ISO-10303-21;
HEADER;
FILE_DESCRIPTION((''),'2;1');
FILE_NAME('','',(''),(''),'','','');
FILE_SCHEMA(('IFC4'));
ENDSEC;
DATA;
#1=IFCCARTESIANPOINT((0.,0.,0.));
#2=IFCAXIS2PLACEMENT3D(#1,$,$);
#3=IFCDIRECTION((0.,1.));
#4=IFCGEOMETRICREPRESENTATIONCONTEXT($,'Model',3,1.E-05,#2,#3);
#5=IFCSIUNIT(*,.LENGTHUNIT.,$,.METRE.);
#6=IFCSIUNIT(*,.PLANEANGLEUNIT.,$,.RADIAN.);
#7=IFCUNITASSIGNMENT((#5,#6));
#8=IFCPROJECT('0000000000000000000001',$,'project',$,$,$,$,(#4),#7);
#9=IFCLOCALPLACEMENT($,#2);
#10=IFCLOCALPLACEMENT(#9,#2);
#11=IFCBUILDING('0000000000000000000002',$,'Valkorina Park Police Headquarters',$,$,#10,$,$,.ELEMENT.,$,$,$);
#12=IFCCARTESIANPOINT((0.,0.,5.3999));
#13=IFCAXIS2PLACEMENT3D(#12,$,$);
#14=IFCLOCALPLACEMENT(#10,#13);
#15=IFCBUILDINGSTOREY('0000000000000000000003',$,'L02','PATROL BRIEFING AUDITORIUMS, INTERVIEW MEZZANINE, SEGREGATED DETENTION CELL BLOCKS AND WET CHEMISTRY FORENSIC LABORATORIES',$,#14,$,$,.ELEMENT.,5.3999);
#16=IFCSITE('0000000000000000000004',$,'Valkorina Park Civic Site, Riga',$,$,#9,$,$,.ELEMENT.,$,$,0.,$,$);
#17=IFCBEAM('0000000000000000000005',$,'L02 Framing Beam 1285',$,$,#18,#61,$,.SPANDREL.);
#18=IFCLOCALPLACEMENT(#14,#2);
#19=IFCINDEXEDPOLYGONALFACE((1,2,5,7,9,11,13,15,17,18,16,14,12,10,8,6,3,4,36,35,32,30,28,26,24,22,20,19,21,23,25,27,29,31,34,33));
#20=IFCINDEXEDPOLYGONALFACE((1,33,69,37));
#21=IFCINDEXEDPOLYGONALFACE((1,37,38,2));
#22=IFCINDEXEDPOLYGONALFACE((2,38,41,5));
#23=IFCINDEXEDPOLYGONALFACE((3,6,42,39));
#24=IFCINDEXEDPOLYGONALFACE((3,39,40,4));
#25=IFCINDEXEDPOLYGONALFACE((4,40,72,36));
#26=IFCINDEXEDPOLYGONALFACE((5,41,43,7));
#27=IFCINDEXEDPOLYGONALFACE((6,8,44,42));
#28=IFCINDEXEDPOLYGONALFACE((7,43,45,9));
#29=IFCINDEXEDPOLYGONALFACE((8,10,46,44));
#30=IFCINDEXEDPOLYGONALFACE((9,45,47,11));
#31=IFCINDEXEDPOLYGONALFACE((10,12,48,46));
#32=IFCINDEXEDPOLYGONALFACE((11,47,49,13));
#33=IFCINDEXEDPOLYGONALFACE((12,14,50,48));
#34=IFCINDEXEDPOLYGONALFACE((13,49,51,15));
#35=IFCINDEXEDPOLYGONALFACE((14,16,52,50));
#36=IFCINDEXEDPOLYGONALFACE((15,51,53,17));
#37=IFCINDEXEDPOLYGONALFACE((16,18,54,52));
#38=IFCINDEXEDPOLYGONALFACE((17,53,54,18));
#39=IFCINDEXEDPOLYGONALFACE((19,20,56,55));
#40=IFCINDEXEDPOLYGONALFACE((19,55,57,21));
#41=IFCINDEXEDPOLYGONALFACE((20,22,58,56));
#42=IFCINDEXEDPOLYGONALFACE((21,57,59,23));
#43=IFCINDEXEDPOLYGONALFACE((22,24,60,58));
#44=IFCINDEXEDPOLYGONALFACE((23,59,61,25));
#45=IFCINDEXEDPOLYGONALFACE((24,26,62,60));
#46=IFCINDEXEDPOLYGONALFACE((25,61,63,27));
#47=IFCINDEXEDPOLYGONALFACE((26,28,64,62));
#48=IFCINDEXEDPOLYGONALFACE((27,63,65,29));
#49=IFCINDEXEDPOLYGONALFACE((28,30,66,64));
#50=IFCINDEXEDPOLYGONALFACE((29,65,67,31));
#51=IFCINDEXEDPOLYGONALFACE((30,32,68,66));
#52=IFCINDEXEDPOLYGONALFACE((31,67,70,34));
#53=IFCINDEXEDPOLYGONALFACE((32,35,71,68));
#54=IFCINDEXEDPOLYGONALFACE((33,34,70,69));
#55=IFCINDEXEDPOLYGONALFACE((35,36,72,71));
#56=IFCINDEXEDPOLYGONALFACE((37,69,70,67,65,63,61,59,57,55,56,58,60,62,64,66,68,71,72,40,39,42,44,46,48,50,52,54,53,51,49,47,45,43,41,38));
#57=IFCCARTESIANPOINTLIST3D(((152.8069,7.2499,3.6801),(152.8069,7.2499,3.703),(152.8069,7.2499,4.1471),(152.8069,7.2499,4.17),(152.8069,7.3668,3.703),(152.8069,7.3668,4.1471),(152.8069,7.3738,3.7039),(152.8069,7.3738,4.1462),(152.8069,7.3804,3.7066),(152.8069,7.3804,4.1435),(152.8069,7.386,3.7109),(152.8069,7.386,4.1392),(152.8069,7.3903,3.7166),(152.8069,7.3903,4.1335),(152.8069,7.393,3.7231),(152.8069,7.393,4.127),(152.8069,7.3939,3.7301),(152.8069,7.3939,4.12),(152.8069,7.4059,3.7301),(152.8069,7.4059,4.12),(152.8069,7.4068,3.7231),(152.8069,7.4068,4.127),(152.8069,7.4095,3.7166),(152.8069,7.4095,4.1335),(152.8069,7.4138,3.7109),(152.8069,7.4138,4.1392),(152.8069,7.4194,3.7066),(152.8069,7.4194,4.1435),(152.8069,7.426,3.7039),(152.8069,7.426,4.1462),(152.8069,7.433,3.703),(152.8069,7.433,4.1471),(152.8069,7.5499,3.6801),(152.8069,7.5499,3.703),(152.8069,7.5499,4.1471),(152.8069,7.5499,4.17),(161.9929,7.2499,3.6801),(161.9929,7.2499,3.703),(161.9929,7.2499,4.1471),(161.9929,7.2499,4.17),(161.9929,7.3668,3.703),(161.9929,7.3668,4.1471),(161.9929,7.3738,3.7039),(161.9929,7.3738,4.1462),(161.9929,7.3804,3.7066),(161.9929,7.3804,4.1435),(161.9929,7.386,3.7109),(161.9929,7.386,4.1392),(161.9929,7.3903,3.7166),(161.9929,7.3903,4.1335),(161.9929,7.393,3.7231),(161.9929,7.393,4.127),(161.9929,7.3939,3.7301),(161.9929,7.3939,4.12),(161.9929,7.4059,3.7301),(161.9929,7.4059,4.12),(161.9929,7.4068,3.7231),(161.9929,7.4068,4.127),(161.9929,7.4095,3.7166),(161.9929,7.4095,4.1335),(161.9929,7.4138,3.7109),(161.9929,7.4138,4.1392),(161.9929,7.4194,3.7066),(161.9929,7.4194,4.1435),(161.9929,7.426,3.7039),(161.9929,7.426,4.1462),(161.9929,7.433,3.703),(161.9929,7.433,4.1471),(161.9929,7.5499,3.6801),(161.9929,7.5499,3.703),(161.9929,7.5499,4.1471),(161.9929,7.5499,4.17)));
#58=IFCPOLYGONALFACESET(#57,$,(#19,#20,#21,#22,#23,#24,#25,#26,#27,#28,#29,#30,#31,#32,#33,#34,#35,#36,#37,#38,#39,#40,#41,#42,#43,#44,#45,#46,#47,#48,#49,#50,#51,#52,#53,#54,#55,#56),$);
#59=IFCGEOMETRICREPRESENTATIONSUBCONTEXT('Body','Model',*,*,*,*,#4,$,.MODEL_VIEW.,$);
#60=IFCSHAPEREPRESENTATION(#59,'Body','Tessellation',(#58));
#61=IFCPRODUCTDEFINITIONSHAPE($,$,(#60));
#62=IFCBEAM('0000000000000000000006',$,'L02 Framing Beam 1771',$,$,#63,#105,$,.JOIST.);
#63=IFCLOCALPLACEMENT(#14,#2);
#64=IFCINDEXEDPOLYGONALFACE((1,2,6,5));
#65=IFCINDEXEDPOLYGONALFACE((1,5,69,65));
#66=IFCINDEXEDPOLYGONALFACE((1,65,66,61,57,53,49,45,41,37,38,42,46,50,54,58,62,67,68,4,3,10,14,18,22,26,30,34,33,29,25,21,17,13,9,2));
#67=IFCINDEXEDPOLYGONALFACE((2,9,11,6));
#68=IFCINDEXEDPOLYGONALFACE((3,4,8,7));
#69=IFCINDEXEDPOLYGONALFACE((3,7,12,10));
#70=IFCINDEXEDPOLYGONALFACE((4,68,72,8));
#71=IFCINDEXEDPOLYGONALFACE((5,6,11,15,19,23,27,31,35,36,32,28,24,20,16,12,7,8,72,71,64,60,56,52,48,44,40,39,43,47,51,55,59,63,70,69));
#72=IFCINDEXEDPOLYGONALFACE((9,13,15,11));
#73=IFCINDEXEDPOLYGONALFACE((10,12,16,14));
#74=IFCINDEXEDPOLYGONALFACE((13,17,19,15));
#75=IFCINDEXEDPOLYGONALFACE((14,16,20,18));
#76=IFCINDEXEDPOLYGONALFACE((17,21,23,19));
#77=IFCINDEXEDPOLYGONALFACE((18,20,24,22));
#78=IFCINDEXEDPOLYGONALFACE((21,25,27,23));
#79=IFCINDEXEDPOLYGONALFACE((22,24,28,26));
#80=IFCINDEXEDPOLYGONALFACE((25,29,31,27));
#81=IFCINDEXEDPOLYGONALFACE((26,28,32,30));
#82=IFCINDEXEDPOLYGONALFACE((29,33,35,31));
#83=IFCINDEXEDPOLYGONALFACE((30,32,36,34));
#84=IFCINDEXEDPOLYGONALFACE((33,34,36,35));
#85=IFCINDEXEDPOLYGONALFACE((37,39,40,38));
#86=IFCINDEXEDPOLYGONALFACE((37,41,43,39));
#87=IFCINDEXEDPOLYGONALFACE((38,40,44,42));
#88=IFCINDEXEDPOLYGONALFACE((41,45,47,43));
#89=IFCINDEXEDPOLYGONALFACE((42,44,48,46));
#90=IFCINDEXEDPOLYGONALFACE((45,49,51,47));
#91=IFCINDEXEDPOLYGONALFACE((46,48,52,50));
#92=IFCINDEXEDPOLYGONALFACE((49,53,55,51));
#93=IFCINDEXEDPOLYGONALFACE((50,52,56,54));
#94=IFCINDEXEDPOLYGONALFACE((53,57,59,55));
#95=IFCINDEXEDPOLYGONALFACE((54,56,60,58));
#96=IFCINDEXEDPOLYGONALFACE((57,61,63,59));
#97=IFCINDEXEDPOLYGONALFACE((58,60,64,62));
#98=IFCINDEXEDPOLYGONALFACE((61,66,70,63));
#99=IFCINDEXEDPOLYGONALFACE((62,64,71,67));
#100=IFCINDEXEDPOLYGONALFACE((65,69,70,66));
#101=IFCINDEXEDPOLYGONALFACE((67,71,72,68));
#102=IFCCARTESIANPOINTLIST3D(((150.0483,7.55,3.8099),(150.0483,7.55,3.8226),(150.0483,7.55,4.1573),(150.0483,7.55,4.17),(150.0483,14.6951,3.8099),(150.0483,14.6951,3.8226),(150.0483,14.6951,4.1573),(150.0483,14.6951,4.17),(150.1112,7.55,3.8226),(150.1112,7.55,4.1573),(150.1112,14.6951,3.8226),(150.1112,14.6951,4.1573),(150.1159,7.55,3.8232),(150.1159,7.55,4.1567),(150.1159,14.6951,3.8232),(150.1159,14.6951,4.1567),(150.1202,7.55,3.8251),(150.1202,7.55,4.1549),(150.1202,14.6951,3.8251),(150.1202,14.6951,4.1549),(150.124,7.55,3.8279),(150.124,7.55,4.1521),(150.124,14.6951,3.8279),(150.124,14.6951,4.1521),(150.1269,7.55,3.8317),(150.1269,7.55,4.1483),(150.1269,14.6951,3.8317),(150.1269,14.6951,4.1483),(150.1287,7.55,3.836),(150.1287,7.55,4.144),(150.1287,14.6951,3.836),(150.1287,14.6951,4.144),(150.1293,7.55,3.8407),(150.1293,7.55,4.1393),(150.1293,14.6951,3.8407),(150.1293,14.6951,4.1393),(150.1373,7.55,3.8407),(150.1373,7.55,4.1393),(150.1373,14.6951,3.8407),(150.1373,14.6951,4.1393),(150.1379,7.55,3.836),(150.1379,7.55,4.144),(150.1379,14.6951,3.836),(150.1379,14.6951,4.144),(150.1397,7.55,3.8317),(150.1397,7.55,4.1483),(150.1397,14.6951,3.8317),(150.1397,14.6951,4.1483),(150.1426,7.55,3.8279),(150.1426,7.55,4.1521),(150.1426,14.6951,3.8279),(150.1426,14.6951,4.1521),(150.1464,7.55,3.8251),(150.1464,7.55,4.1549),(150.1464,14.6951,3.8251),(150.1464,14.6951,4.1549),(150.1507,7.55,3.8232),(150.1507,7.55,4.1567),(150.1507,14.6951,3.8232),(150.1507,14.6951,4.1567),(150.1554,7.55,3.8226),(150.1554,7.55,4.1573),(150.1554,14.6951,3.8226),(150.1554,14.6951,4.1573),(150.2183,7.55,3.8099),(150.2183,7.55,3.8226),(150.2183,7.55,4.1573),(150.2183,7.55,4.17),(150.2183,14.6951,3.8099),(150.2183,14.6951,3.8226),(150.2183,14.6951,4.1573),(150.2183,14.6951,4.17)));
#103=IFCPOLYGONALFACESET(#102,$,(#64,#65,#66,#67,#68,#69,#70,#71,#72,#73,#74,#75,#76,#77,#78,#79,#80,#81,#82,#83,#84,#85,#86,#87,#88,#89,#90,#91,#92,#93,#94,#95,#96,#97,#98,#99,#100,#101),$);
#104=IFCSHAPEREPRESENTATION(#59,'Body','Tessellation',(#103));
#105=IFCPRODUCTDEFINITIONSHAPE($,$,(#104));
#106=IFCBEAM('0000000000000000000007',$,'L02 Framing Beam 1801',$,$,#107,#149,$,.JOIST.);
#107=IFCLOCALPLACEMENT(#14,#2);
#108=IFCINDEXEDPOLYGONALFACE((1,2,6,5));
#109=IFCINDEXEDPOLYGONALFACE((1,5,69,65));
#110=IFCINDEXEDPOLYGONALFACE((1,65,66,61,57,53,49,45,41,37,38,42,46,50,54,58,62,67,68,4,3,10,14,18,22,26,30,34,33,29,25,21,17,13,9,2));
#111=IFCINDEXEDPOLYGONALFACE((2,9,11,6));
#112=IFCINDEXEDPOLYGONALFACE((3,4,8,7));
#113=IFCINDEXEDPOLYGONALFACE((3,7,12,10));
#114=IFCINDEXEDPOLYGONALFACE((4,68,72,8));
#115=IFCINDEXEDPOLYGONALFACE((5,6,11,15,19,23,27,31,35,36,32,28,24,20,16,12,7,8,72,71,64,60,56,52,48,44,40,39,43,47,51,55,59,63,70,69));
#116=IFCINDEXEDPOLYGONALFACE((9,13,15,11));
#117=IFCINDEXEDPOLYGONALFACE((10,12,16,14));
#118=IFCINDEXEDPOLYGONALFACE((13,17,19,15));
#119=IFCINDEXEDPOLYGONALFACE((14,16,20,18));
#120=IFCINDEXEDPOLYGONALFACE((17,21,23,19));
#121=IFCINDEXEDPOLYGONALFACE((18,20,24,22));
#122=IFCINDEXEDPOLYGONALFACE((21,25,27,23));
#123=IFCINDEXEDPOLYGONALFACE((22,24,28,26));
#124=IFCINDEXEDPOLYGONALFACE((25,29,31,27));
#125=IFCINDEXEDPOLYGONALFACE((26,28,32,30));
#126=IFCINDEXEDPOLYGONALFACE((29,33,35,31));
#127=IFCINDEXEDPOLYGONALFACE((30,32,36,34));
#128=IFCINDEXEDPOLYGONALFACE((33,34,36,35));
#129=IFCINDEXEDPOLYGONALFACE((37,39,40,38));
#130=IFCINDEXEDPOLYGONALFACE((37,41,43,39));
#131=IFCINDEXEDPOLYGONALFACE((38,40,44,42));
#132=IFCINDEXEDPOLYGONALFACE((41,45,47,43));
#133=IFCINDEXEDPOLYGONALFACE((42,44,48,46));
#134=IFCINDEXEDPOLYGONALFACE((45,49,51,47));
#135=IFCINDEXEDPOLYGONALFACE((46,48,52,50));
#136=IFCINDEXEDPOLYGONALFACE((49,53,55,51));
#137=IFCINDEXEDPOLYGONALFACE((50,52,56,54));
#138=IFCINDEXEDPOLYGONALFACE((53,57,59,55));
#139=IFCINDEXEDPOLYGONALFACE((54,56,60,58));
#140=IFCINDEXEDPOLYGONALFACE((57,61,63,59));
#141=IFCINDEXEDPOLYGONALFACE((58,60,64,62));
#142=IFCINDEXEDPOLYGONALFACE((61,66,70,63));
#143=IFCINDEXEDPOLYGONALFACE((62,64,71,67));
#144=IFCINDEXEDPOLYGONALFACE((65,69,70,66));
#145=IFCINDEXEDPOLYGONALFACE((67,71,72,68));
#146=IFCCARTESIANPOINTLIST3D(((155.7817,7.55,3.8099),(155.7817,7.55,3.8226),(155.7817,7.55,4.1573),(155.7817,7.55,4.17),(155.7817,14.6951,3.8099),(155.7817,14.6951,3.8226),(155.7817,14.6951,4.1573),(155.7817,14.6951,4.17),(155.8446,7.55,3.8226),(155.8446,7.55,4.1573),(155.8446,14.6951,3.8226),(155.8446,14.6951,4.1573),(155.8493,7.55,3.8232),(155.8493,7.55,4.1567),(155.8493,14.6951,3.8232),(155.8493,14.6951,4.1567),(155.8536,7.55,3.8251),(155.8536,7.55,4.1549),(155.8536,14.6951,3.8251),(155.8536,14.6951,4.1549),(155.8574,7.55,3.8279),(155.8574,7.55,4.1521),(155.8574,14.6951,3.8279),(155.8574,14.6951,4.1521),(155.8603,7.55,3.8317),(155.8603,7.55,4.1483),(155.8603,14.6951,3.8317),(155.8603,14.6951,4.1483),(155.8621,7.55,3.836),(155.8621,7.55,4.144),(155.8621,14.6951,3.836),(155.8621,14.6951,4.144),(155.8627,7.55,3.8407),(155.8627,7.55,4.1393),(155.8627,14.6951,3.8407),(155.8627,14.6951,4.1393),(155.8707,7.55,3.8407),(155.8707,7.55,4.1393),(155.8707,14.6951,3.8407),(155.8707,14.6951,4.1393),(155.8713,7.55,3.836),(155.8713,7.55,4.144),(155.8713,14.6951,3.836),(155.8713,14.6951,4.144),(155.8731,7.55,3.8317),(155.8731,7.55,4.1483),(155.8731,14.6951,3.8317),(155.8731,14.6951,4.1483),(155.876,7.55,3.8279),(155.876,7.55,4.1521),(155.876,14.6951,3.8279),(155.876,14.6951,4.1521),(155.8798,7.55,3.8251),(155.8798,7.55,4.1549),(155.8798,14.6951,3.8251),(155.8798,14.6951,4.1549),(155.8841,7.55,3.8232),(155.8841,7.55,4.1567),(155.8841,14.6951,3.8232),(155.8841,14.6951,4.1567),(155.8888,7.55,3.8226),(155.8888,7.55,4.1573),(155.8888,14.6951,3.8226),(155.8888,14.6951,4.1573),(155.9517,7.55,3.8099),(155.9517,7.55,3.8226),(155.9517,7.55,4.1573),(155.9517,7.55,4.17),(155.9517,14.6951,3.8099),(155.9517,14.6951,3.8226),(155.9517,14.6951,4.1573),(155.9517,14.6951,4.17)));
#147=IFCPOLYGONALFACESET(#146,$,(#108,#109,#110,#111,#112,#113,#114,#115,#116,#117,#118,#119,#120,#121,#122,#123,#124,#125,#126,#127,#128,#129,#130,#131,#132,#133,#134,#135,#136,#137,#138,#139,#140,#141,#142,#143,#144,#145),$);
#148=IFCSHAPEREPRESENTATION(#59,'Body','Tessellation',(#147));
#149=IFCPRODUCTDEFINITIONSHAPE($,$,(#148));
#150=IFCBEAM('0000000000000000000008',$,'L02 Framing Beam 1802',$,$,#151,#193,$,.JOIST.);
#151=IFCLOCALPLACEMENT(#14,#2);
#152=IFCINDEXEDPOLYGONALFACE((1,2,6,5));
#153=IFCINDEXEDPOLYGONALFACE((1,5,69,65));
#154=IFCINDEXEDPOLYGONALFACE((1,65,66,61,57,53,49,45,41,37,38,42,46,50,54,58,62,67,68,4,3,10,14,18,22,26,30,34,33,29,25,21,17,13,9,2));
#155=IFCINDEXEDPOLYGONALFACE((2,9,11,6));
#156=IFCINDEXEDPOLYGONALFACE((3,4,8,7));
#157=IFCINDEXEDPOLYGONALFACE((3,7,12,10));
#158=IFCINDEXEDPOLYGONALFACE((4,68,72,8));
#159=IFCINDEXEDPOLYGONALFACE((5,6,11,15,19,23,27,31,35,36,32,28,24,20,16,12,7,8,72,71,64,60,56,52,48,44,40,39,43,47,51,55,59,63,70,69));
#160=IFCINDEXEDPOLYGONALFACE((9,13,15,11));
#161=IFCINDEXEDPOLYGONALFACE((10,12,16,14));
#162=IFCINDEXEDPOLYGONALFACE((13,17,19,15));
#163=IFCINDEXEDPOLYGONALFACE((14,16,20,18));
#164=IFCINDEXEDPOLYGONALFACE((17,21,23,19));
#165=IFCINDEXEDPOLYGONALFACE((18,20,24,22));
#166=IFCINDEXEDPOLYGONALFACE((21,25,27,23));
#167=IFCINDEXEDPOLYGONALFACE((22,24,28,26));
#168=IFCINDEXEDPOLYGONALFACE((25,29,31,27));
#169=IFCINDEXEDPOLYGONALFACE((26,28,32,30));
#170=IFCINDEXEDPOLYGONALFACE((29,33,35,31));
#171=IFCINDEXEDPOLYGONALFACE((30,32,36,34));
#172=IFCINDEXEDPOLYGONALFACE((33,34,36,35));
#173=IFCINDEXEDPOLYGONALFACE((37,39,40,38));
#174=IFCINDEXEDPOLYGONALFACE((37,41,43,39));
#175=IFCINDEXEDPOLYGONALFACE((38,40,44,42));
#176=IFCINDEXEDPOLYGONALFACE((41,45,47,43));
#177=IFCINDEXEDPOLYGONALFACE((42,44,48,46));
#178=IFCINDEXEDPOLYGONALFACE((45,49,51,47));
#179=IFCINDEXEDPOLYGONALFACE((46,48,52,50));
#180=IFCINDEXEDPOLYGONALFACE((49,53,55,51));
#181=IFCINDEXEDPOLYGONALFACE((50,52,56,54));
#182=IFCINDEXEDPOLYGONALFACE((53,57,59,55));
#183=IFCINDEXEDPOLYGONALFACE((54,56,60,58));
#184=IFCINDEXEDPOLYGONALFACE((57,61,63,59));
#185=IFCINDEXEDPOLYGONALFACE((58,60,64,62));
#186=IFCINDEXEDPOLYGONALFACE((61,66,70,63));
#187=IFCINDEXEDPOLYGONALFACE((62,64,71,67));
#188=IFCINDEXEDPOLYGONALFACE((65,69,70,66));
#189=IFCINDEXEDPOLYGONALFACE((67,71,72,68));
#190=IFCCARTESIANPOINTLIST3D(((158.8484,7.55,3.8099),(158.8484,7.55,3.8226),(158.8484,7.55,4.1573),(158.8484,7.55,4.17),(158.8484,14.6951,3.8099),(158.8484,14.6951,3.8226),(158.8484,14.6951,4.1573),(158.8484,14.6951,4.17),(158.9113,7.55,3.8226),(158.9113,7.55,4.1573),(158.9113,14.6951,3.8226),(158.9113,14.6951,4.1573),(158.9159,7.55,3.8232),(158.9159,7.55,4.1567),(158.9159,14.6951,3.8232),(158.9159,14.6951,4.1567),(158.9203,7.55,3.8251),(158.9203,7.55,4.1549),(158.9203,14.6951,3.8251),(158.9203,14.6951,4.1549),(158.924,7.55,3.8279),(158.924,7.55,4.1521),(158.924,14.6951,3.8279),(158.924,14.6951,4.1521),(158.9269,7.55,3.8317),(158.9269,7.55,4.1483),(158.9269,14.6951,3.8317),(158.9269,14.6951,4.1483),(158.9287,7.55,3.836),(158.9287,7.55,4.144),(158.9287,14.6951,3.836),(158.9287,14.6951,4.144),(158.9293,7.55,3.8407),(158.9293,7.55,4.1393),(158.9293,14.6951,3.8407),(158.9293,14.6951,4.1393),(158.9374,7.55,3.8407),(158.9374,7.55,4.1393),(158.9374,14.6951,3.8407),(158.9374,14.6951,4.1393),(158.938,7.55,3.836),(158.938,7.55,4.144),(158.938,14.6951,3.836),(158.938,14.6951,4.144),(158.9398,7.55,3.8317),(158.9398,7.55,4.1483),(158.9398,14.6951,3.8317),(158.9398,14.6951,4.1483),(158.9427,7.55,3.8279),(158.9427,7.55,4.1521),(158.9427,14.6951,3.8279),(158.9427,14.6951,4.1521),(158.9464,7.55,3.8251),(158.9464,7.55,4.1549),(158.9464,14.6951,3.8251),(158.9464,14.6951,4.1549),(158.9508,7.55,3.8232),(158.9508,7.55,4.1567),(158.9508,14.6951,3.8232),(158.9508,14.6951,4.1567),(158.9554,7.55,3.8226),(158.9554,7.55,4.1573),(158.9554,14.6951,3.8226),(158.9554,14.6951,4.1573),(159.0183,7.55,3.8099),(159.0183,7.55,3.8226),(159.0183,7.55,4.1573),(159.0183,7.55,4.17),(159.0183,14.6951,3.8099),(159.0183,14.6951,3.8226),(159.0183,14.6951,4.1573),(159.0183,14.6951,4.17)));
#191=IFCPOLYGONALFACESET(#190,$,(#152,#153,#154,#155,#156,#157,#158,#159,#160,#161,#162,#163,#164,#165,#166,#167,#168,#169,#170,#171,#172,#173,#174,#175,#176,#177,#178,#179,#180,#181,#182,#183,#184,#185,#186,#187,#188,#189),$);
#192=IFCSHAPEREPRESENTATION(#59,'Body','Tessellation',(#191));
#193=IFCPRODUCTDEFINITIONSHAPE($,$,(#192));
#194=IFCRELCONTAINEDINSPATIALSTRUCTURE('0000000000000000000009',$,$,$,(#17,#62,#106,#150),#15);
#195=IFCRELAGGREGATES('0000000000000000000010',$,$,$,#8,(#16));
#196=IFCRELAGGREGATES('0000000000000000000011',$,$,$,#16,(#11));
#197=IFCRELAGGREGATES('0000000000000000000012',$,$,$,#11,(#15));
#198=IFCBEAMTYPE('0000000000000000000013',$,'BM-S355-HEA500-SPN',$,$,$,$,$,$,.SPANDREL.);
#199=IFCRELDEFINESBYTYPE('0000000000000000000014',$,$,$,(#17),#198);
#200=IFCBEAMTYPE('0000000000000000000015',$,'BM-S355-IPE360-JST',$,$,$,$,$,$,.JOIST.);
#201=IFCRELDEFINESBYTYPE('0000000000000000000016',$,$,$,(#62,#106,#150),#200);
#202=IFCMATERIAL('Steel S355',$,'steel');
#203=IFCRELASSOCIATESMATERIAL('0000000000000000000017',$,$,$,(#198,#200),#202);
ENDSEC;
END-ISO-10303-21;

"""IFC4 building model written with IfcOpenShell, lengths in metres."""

from ifc_helpers import new_model, si_unit, direction, frame, origin, origin_2d, place, context, subcontext, project, spatial, i_section, extrude, material, material_profile, profile_set, type_object, element, save


model = new_model("IFC4")

# Units and contexts
model_context = context("Model", 3, precision=1e-05, world=origin(), true_north=direction((0.0, 1.0)))
body_context = subcontext(model_context, "Body", "Model", "MODEL_VIEW")
ifc_project = project(units=[si_unit("LENGTHUNIT", "METRE"), si_unit("PLANEANGLEUNIT", "RADIAN")], contexts=[model_context])

# Site, building, storey
site_placement = place(None, origin())
site = spatial("IfcSite", under=ifc_project, at=site_placement, Name="Valkorina Park Civic Site, Riga", CompositionType="ELEMENT", RefElevation=0.0)
building_placement = place(site_placement, origin())
building = spatial("IfcBuilding", under=site, at=building_placement, Name="Valkorina Park Police Headquarters", CompositionType="ELEMENT")
storey_placement = place(building_placement, frame((0.0, 0.0, 5.3999)))
storey = spatial("IfcBuildingStorey", under=building, at=storey_placement, Name="L02", Description="PATROL BRIEFING AUDITORIUMS, INTERVIEW MEZZANINE, SEGREGATED DETENTION CELL BLOCKS AND WET CHEMISTRY FORENSIC LABORATORIES", CompositionType="ELEMENT", Elevation=5.3999)

# Shared definitions
ifc_material_1 = material(Name="Steel S355", Category="steel")

# Beams
ifc_material_profile_1 = material_profile(ifc_material_1, i_section(OverallWidth=0.3, OverallDepth=0.49, WebThickness=0.012, FlangeThickness=0.0229, FilletRadius=0.0271, at=origin_2d()), Name="HEA 500")
ifc_profile_set_1 = profile_set([ifc_material_profile_1], Name="Steel S355")
beam_type_1 = type_object("IfcBeamType", Name="BM-S355-HEA500-SPN", PredefinedType="SPANDREL", material=ifc_profile_set_1)
beam_1_placement = place(storey_placement, frame((152.8069, 7.3999, 3.925), z_axis=(1.0, 0.0, 0.0), x_axis=(0.0, 1.0, 0.0)))
element("IfcBeam", 1, at=beam_1_placement, inside=storey, type_object=beam_type_1, Name="L02 Framing Beam 1285", PredefinedType="SPANDREL", context=body_context, shape_type="SweptSolid", body=[
    extrude(i_section(OverallWidth=0.3, OverallDepth=0.49, WebThickness=0.012, FlangeThickness=0.0229, FilletRadius=0.0271, at=origin_2d()), origin(), (0.0, 0.0, 1.0), 9.186),
])
ifc_material_profile_2 = material_profile(ifc_material_1, i_section(OverallWidth=0.1699, OverallDepth=0.3601, WebThickness=0.0081, FlangeThickness=0.0127, FilletRadius=0.0181, at=origin_2d()), Name="IPE 360")
ifc_profile_set_2 = profile_set([ifc_material_profile_2], Name="Steel S355")
beam_type_2 = type_object("IfcBeamType", Name="BM-S355-IPE360-JST", PredefinedType="JOIST", material=ifc_profile_set_2)
for number, where, z_axis, x_axis, name in (
    (2, (150.1333, 7.55, 3.99), (0.0, 1.0, 0.0), (-1.0, 0.0, 0.0), "L02 Framing Beam 1771"),
    (3, (155.8667, 7.55, 3.99), (0.0, 1.0, 0.0), (-1.0, 0.0, 0.0), "L02 Framing Beam 1801"),
    (4, (158.9333, 7.55, 3.99), (0.0, 1.0, 0.0), (-1.0, 0.0, 0.0), "L02 Framing Beam 1802"),
):
    element("IfcBeam", number, at=place(storey_placement, frame(where, z_axis=z_axis, x_axis=x_axis)), inside=storey, type_object=beam_type_2, Name=name, PredefinedType="JOIST", context=body_context, shape_type="SweptSolid", body=[
        extrude(i_section(OverallWidth=0.1699, OverallDepth=0.3601, WebThickness=0.0081, FlangeThickness=0.0127, FilletRadius=0.0181, at=origin_2d()), origin(), (0.0, 0.0, 1.0), 7.145),
    ])

save(model, "model.ifc")
